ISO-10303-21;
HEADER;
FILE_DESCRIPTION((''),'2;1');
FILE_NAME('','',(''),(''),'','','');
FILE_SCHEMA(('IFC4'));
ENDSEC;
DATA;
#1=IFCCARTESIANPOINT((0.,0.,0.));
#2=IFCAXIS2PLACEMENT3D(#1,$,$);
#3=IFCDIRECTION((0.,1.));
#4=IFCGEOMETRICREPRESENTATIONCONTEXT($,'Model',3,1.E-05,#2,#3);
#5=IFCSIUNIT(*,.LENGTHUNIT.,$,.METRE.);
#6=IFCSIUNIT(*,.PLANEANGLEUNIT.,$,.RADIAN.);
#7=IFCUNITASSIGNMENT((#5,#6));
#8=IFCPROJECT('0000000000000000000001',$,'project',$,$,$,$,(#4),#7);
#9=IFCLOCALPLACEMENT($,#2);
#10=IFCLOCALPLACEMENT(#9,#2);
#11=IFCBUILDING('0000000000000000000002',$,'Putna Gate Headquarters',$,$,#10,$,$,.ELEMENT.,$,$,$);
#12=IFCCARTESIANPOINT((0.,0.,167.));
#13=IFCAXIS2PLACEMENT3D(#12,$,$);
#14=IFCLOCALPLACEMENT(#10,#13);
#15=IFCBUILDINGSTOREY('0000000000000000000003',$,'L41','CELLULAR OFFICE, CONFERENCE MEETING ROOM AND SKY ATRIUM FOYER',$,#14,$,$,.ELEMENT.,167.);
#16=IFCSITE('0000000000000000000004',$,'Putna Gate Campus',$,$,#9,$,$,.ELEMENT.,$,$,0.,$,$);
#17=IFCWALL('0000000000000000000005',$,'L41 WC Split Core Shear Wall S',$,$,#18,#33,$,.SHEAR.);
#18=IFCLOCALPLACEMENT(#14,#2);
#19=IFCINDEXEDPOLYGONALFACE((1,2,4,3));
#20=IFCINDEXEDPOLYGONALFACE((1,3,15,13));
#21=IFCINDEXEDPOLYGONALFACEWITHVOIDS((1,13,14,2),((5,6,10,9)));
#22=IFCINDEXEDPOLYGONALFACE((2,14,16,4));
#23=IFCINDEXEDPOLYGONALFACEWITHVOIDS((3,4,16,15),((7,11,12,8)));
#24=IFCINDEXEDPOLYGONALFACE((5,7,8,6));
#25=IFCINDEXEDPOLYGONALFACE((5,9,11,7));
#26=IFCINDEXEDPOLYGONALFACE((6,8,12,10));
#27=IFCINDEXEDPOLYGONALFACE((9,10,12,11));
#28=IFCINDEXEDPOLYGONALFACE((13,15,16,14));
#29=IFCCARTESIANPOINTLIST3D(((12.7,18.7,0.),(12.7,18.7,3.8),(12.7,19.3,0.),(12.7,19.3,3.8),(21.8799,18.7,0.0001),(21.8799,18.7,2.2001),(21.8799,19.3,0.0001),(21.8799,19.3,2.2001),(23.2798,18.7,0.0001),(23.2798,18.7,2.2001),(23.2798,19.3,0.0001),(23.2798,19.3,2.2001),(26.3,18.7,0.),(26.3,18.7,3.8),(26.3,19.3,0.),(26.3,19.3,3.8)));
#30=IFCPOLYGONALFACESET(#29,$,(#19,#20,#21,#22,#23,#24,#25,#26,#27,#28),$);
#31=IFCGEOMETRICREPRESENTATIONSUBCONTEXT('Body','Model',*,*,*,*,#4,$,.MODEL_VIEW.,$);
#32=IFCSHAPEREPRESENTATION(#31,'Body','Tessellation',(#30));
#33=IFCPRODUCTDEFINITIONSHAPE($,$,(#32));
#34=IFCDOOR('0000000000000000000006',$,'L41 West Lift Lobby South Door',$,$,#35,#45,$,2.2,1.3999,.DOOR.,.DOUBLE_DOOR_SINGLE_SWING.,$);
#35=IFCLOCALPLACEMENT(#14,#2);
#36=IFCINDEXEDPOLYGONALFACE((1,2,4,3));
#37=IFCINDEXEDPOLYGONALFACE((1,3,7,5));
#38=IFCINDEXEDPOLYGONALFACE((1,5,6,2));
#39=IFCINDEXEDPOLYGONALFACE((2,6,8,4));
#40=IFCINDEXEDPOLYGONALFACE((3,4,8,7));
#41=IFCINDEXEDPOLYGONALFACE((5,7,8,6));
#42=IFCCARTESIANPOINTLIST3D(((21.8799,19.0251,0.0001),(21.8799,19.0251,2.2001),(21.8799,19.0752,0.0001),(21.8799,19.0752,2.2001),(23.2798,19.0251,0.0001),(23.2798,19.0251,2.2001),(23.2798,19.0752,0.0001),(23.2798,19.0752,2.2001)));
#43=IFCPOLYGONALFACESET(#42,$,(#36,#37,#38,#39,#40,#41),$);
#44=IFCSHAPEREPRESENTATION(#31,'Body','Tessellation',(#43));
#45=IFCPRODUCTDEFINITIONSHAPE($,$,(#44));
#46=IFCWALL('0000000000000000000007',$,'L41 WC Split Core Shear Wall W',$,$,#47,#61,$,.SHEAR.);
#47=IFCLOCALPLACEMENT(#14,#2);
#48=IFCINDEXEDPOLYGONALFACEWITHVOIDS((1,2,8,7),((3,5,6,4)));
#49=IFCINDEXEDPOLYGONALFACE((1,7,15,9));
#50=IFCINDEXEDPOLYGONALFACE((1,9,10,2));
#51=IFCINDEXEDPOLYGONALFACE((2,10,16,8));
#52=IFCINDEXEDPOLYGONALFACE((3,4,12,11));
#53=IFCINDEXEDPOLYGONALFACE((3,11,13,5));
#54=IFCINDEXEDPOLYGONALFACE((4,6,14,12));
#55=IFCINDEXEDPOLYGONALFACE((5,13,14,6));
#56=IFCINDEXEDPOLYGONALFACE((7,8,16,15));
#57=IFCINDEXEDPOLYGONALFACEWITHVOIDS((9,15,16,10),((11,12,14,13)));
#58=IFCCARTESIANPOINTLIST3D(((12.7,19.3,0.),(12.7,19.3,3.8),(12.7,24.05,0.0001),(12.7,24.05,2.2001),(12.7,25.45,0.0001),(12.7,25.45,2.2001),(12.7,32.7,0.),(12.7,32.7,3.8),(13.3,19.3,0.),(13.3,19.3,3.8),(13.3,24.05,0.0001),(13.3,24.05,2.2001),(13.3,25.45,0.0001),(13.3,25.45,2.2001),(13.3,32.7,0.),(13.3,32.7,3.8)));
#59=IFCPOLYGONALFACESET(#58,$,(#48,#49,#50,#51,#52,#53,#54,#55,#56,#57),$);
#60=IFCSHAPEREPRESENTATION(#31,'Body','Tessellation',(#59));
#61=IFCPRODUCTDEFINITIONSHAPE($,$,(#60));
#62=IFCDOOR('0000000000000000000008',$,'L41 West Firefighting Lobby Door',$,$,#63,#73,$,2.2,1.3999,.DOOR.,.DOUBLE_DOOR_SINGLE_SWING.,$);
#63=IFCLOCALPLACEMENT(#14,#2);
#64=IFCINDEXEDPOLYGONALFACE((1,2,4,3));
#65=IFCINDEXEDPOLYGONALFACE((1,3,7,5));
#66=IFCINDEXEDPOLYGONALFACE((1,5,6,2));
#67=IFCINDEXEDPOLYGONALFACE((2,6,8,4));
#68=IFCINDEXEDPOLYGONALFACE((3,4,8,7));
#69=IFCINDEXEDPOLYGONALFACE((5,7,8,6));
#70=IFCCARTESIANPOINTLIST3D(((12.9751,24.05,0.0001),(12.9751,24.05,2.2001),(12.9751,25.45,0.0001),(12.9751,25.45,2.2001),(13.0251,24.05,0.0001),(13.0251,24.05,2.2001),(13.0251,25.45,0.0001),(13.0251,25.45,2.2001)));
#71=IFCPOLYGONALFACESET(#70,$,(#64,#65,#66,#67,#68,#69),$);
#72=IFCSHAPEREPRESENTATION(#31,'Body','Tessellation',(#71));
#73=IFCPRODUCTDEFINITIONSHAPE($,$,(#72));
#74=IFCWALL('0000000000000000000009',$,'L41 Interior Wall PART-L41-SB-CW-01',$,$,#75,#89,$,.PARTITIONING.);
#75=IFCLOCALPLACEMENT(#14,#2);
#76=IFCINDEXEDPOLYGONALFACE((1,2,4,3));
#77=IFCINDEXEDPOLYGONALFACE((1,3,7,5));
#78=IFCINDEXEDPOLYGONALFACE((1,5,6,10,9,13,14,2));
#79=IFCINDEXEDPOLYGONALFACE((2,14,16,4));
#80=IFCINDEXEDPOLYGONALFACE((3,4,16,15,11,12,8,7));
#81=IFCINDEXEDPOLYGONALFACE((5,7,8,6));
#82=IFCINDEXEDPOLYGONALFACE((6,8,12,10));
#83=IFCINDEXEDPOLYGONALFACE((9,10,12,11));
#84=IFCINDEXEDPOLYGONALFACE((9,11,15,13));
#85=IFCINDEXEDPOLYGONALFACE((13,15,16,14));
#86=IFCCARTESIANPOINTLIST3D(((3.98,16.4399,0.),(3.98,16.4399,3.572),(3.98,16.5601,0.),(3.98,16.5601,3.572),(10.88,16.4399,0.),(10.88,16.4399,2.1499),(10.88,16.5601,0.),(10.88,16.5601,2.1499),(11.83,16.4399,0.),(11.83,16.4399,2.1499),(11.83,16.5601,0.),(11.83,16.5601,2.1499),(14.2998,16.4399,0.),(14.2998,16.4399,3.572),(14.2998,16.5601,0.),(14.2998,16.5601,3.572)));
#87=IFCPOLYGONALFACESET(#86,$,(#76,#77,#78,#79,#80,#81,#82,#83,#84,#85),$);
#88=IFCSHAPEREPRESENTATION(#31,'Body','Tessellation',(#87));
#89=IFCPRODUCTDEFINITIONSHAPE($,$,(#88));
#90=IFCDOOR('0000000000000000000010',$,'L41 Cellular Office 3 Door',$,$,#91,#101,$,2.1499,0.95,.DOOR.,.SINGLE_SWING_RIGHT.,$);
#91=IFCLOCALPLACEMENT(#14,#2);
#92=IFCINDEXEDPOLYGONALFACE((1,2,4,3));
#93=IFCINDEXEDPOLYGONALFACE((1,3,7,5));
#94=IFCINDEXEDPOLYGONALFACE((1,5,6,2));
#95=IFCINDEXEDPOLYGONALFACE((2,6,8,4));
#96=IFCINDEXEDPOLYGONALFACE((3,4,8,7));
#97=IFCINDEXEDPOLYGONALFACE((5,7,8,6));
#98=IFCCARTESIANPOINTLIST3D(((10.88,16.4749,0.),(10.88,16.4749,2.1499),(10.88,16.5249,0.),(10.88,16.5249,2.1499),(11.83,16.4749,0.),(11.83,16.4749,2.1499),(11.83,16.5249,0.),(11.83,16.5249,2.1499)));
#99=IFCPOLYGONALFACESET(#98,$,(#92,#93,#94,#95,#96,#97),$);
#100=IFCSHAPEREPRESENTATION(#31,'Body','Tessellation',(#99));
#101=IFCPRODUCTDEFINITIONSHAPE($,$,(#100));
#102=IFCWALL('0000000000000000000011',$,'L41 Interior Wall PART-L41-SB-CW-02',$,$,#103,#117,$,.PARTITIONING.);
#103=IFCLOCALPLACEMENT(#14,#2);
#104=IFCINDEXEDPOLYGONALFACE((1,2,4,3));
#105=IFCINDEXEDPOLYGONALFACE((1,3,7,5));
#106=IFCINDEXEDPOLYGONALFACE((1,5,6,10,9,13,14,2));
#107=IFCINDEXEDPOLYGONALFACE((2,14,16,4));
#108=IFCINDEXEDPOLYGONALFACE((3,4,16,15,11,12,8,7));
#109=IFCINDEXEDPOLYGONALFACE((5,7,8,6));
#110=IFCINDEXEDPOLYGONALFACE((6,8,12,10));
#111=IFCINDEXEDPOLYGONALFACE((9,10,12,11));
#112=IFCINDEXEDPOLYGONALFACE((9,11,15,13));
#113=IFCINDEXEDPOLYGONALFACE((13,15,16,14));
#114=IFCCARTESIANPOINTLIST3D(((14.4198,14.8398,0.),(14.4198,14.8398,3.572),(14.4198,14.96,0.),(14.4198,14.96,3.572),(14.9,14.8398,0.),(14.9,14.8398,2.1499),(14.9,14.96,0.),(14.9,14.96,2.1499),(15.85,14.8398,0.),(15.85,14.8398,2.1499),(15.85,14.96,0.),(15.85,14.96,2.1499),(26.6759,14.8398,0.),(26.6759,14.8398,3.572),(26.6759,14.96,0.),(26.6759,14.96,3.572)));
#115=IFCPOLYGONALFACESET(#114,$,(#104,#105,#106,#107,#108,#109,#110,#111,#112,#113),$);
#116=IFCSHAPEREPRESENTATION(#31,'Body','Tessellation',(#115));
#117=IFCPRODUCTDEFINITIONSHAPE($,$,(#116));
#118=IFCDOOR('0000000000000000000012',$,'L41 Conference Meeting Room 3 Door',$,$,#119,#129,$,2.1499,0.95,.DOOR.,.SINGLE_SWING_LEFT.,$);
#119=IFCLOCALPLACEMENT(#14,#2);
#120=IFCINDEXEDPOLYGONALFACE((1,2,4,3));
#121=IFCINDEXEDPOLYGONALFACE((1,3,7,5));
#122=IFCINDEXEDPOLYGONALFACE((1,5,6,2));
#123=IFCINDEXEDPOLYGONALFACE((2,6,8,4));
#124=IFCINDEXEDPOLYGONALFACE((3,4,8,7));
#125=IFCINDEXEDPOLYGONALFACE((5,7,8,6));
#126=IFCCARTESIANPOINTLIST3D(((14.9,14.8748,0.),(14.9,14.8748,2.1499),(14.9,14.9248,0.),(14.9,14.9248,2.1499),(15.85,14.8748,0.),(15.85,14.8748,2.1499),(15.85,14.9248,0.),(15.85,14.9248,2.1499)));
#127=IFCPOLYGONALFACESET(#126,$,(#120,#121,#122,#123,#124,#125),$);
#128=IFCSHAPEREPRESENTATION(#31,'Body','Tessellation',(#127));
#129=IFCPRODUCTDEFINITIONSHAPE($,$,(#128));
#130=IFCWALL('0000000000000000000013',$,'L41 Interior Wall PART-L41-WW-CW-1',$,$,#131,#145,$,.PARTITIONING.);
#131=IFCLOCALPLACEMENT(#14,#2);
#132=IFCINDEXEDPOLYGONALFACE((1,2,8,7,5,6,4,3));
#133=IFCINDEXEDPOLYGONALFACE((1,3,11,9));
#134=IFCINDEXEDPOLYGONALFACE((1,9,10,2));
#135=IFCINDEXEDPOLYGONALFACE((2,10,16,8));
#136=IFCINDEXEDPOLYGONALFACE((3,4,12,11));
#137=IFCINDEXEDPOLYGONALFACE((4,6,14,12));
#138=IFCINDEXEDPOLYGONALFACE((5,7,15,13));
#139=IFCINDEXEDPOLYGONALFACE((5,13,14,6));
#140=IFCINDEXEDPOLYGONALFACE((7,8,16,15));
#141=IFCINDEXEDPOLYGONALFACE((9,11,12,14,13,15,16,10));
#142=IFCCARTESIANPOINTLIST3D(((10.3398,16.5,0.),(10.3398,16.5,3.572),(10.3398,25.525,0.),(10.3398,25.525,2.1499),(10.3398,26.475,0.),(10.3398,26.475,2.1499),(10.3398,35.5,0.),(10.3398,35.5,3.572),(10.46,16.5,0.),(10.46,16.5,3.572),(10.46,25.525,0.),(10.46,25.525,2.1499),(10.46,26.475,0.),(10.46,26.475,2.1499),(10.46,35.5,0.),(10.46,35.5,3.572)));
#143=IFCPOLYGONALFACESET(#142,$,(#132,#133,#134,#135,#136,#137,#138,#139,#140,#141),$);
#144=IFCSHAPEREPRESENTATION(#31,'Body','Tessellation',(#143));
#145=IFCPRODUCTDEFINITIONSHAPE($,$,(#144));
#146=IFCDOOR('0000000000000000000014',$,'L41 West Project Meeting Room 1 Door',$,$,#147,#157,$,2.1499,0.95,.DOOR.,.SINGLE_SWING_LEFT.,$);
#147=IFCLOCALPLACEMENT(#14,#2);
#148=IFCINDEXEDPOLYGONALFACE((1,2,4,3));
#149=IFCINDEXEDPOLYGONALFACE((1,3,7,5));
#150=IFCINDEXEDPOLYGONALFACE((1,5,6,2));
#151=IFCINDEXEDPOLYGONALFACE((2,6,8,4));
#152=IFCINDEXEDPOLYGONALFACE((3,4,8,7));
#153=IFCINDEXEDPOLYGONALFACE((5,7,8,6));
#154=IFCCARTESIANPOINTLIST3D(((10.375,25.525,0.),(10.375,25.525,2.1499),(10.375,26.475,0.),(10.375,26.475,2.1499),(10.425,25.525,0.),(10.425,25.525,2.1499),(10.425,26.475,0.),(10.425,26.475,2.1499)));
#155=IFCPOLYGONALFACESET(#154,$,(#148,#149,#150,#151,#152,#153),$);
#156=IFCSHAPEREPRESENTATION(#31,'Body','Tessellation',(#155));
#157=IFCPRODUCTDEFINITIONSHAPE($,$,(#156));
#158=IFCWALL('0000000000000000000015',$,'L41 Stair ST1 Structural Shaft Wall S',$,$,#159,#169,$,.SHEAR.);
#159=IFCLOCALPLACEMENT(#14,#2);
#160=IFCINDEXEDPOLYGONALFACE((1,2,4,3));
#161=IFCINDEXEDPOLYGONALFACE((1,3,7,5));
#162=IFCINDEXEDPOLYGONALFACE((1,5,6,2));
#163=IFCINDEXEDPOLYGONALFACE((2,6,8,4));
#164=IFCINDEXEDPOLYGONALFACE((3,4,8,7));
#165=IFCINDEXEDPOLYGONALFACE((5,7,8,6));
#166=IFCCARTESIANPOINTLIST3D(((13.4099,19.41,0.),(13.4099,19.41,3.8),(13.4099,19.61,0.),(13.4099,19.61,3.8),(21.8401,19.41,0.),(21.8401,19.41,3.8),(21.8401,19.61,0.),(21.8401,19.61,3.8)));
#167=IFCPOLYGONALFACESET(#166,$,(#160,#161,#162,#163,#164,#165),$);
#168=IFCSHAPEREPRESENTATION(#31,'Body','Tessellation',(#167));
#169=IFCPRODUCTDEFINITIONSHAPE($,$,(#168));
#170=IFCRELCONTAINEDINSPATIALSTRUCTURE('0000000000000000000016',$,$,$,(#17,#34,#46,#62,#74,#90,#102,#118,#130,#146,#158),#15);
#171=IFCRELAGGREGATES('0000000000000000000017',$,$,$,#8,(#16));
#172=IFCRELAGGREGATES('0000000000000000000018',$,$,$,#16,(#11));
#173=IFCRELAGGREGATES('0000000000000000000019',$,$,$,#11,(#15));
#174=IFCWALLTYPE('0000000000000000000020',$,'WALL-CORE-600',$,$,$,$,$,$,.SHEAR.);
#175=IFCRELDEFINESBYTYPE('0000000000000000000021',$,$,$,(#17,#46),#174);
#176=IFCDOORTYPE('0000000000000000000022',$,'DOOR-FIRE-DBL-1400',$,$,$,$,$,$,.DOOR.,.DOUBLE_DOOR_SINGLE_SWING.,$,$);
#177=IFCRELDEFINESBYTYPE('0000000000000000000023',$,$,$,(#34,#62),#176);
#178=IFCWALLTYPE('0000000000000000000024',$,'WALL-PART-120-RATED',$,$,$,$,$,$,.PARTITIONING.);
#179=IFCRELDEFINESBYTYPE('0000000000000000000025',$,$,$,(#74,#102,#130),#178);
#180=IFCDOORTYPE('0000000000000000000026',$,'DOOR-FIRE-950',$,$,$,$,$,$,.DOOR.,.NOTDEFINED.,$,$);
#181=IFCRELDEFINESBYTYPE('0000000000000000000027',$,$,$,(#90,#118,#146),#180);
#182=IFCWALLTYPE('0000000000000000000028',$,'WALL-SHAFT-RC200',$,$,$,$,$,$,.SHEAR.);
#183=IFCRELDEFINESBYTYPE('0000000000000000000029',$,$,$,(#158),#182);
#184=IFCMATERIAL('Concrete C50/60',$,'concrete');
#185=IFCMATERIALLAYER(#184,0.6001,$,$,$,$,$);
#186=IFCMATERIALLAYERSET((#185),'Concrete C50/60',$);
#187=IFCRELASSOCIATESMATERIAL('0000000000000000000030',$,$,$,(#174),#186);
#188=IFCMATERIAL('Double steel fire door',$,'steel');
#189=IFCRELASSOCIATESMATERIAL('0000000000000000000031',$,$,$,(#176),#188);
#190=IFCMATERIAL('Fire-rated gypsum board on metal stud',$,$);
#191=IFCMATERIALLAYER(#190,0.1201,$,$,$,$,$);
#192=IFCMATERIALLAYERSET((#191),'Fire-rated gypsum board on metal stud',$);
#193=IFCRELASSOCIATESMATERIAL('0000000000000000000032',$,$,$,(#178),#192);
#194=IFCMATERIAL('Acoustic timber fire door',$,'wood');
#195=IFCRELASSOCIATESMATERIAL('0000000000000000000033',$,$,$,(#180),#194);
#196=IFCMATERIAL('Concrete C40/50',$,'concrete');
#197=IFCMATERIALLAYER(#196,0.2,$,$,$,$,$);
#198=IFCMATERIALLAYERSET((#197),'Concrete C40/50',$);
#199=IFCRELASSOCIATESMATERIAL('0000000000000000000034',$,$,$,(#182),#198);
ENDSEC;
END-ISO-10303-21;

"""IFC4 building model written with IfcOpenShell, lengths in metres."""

from ifc_helpers import new_model, si_unit, direction, frame, frame_2d, origin, place, context, subcontext, project, spatial, rectangle, extrude, material, layer, layer_set, type_object, element, fill, save


model = new_model("IFC4")

# Units and contexts
model_context = context("Model", 3, precision=1e-05, world=origin(), true_north=direction((0.0, 1.0)))
body_context = subcontext(model_context, "Body", "Model", "MODEL_VIEW")
ifc_project = project(units=[si_unit("LENGTHUNIT", "METRE"), si_unit("PLANEANGLEUNIT", "RADIAN")], contexts=[model_context])

# Site, building, storey
site_placement = place(None, origin())
site = spatial("IfcSite", under=ifc_project, at=site_placement, Name="Putna Gate Campus", CompositionType="ELEMENT", RefElevation=0.0)
building_placement = place(site_placement, origin())
building = spatial("IfcBuilding", under=site, at=building_placement, Name="Putna Gate Headquarters", CompositionType="ELEMENT")
storey_placement = place(building_placement, frame((0.0, 0.0, 167.0)))
storey = spatial("IfcBuildingStorey", under=building, at=storey_placement, Name="L41", Description="CELLULAR OFFICE, CONFERENCE MEETING ROOM AND SKY ATRIUM FOYER", CompositionType="ELEMENT", Elevation=167.0)

# Shared definitions
ifc_material_1 = material(Name="Concrete C50/60", Category="concrete")

# Walls, openings, doors
ifc_layer_1 = layer(ifc_material_1, 0.6001)
ifc_layer_set_1 = layer_set([ifc_layer_1], Name="Concrete C50/60")
wall_type_1 = type_object("IfcWallType", Name="WALL-CORE-600", PredefinedType="SHEAR", material=ifc_layer_set_1)
wall_1_placement = place(storey_placement, frame((12.7, 19.0, 0.0), z_axis=(0.0, 0.0, 1.0), x_axis=(1.0, 0.0, 0.0)))
wall_1 = element("IfcWall", 1, at=wall_1_placement, inside=storey, type_object=wall_type_1, Name="L41 WC Split Core Shear Wall S", PredefinedType="SHEAR", context=body_context, shape_type="SweptSolid", body=[
    extrude(rectangle(XDim=13.6001, YDim=0.6001, at=frame_2d((6.8, 0.0))), origin(), (0.0, 0.0, 1.0), 3.8),
])
opening_1_placement = place(wall_1_placement, frame((9.1799, 0.0, 0.0)))
opening_1 = element("IfcOpeningElement", 2, at=opening_1_placement, cuts=wall_1, PredefinedType="OPENING", context=body_context, shape_type="SweptSolid", body=[
    extrude(rectangle(XDim=1.3999, YDim=2.2, at=frame_2d((0.7, 1.1001))), frame((0.0, 0.3101, 0.0), z_axis=(0.0, -1.0, 0.0), x_axis=(1.0, 0.0, 0.0)), (0.0, 0.0, 1.0), 0.6201),
])
ifc_material_2 = material(Name="Double steel fire door", Category="steel")
door_type_1 = type_object("IfcDoorType", Name="DOOR-FIRE-DBL-1400", OperationType="DOUBLE_DOOR_SINGLE_SWING", PredefinedType="DOOR", material=ifc_material_2)
door_1_placement = place(opening_1_placement, origin())
door_1 = element("IfcDoor", 3, at=door_1_placement, inside=storey, type_object=door_type_1, Name="L41 West Lift Lobby South Door", OperationType="DOUBLE_DOOR_SINGLE_SWING", OverallHeight=2.2, OverallWidth=1.3999, PredefinedType="DOOR", context=body_context, shape_type="SweptSolid", body=[
    extrude(rectangle(XDim=1.3999, YDim=2.2, at=frame_2d((0.7, 1.1001))), frame((0.0, 0.0752, 0.0), z_axis=(0.0, -1.0, 0.0), x_axis=(1.0, 0.0, 0.0)), (0.0, 0.0, 1.0), 0.05),
])
fill(opening_1, door_1)
wall_2_placement = place(storey_placement, frame((13.0, 19.3, 0.0), z_axis=(0.0, 0.0, 1.0), x_axis=(0.0, 1.0, 0.0)))
wall_2 = element("IfcWall", 4, at=wall_2_placement, inside=storey, type_object=wall_type_1, Name="L41 WC Split Core Shear Wall W", PredefinedType="SHEAR", context=body_context, shape_type="SweptSolid", body=[
    extrude(rectangle(XDim=13.3999, YDim=0.6001, at=frame_2d((6.7, 0.0))), origin(), (0.0, 0.0, 1.0), 3.8),
])
opening_2_placement = place(wall_2_placement, frame((4.75, 0.0, 0.0)))
opening_2 = element("IfcOpeningElement", 5, at=opening_2_placement, cuts=wall_2, PredefinedType="OPENING", context=body_context, shape_type="SweptSolid", body=[
    extrude(rectangle(XDim=1.3999, YDim=2.2, at=frame_2d((0.7, 1.1001))), frame((0.0, 0.3101, 0.0), z_axis=(0.0, -1.0, 0.0), x_axis=(1.0, 0.0, 0.0)), (0.0, 0.0, 1.0), 0.6201),
])
door_2_placement = place(opening_2_placement, origin())
door_2 = element("IfcDoor", 6, at=door_2_placement, inside=storey, type_object=door_type_1, Name="L41 West Firefighting Lobby Door", OperationType="DOUBLE_DOOR_SINGLE_SWING", OverallHeight=2.2, OverallWidth=1.3999, PredefinedType="DOOR", context=body_context, shape_type="SweptSolid", body=[
    extrude(rectangle(XDim=1.3999, YDim=2.2, at=frame_2d((0.7, 1.1001))), frame((0.0, 0.0249, 0.0), z_axis=(0.0, -1.0, 0.0), x_axis=(1.0, 0.0, 0.0)), (0.0, 0.0, 1.0), 0.05),
])
fill(opening_2, door_2)
ifc_material_3 = material(Name="Fire-rated gypsum board on metal stud")
ifc_layer_2 = layer(ifc_material_3, 0.1201)
ifc_layer_set_2 = layer_set([ifc_layer_2], Name="Fire-rated gypsum board on metal stud")
wall_type_2 = type_object("IfcWallType", Name="WALL-PART-120-RATED", PredefinedType="PARTITIONING", material=ifc_layer_set_2)
wall_3_placement = place(storey_placement, frame((3.98, 16.5, 0.0), z_axis=(0.0, 0.0, 1.0), x_axis=(1.0, 0.0, 0.0)))
wall_3 = element("IfcWall", 7, at=wall_3_placement, inside=storey, type_object=wall_type_2, Name="L41 Interior Wall PART-L41-SB-CW-01", PredefinedType="PARTITIONING", context=body_context, shape_type="SweptSolid", body=[
    extrude(rectangle(XDim=10.3198, YDim=0.1201, at=frame_2d((5.1599, 0.0))), origin(), (0.0, 0.0, 1.0), 3.572),
])
opening_3_placement = place(wall_3_placement, frame((6.8999, 0.0, 0.0)))
opening_3 = element("IfcOpeningElement", 8, at=opening_3_placement, cuts=wall_3, PredefinedType="OPENING", context=body_context, shape_type="SweptSolid", body=[
    extrude(rectangle(XDim=0.95, YDim=2.1499, at=frame_2d((0.4751, 1.075))), frame((0.0, 0.0701, 0.0), z_axis=(0.0, -1.0, 0.0), x_axis=(1.0, 0.0, 0.0)), (0.0, 0.0, 1.0), 0.1401),
])
ifc_material_4 = material(Name="Acoustic timber fire door", Category="wood")
door_type_2 = type_object("IfcDoorType", Name="DOOR-FIRE-950", OperationType="NOTDEFINED", PredefinedType="DOOR", material=ifc_material_4)
door_3_placement = place(opening_3_placement, origin())
door_3 = element("IfcDoor", 9, at=door_3_placement, inside=storey, type_object=door_type_2, Name="L41 Cellular Office 3 Door", OperationType="SINGLE_SWING_RIGHT", OverallHeight=2.1499, OverallWidth=0.95, PredefinedType="DOOR", context=body_context, shape_type="SweptSolid", body=[
    extrude(rectangle(XDim=0.95, YDim=2.1499, at=frame_2d((0.4751, 1.075))), frame((0.0, 0.0249, 0.0), z_axis=(0.0, -1.0, 0.0), x_axis=(1.0, 0.0, 0.0)), (0.0, 0.0, 1.0), 0.05),
])
fill(opening_3, door_3)
wall_4_placement = place(storey_placement, frame((14.4199, 14.8999, 0.0), z_axis=(0.0, 0.0, 1.0), x_axis=(1.0, 0.0, 0.0)))
wall_4 = element("IfcWall", 10, at=wall_4_placement, inside=storey, type_object=wall_type_2, Name="L41 Interior Wall PART-L41-SB-CW-02", PredefinedType="PARTITIONING", context=body_context, shape_type="SweptSolid", body=[
    extrude(rectangle(XDim=12.2561, YDim=0.1201, at=frame_2d((6.1279, 0.0))), origin(), (0.0, 0.0, 1.0), 3.572),
])
opening_4_placement = place(wall_4_placement, frame((0.48, 0.0, 0.0)))
opening_4 = element("IfcOpeningElement", 11, at=opening_4_placement, cuts=wall_4, PredefinedType="OPENING", context=body_context, shape_type="SweptSolid", body=[
    extrude(rectangle(XDim=0.95, YDim=2.1499, at=frame_2d((0.4751, 1.075))), frame((0.0, 0.0701, 0.0), z_axis=(0.0, -1.0, 0.0), x_axis=(1.0, 0.0, 0.0)), (0.0, 0.0, 1.0), 0.1401),
])
door_4_placement = place(opening_4_placement, origin())
door_4 = element("IfcDoor", 12, at=door_4_placement, inside=storey, type_object=door_type_2, Name="L41 Conference Meeting Room 3 Door", OperationType="SINGLE_SWING_LEFT", OverallHeight=2.1499, OverallWidth=0.95, PredefinedType="DOOR", context=body_context, shape_type="SweptSolid", body=[
    extrude(rectangle(XDim=0.95, YDim=2.1499, at=frame_2d((0.4751, 1.075))), frame((0.0, 0.0249, 0.0), z_axis=(0.0, -1.0, 0.0), x_axis=(1.0, 0.0, 0.0)), (0.0, 0.0, 1.0), 0.05),
])
fill(opening_4, door_4)
wall_5_placement = place(storey_placement, frame((10.3999, 16.5, 0.0), z_axis=(0.0, 0.0, 1.0), x_axis=(0.0, 1.0, 0.0)))
wall_5 = element("IfcWall", 13, at=wall_5_placement, inside=storey, type_object=wall_type_2, Name="L41 Interior Wall PART-L41-WW-CW-1", PredefinedType="PARTITIONING", context=body_context, shape_type="SweptSolid", body=[
    extrude(rectangle(XDim=19.0, YDim=0.1201, at=frame_2d((9.5, 0.0))), origin(), (0.0, 0.0, 1.0), 3.572),
])
opening_5_placement = place(wall_5_placement, frame((9.0249, 0.0, 0.0)))
opening_5 = element("IfcOpeningElement", 14, at=opening_5_placement, cuts=wall_5, PredefinedType="OPENING", context=body_context, shape_type="SweptSolid", body=[
    extrude(rectangle(XDim=0.95, YDim=2.1499, at=frame_2d((0.4751, 1.075))), frame((0.0, 0.0701, 0.0), z_axis=(0.0, -1.0, 0.0), x_axis=(1.0, 0.0, 0.0)), (0.0, 0.0, 1.0), 0.1401),
])
door_5_placement = place(opening_5_placement, origin())
door_5 = element("IfcDoor", 15, at=door_5_placement, inside=storey, type_object=door_type_2, Name="L41 West Project Meeting Room 1 Door", OperationType="SINGLE_SWING_LEFT", OverallHeight=2.1499, OverallWidth=0.95, PredefinedType="DOOR", context=body_context, shape_type="SweptSolid", body=[
    extrude(rectangle(XDim=0.95, YDim=2.1499, at=frame_2d((0.4751, 1.075))), frame((0.0, 0.0249, 0.0), z_axis=(0.0, -1.0, 0.0), x_axis=(1.0, 0.0, 0.0)), (0.0, 0.0, 1.0), 0.05),
])
fill(opening_5, door_5)

# Wall
ifc_material_5 = material(Name="Concrete C40/50", Category="concrete")
ifc_layer_3 = layer(ifc_material_5, 0.2)
ifc_layer_set_3 = layer_set([ifc_layer_3], Name="Concrete C40/50")
wall_type_3 = type_object("IfcWallType", Name="WALL-SHAFT-RC200", PredefinedType="SHEAR", material=ifc_layer_set_3)
wall_6_placement = place(storey_placement, frame((13.4099, 19.51, 0.0), z_axis=(0.0, 0.0, 1.0), x_axis=(1.0, 0.0, 0.0)))
element("IfcWall", 16, at=wall_6_placement, inside=storey, type_object=wall_type_3, Name="L41 Stair ST1 Structural Shaft Wall S", PredefinedType="SHEAR", context=body_context, shape_type="SweptSolid", body=[
    extrude(rectangle(XDim=8.4302, YDim=0.2, at=frame_2d((4.2151, 0.0))), origin(), (0.0, 0.0, 1.0), 3.8),
])

save(model, "model.ifc")
